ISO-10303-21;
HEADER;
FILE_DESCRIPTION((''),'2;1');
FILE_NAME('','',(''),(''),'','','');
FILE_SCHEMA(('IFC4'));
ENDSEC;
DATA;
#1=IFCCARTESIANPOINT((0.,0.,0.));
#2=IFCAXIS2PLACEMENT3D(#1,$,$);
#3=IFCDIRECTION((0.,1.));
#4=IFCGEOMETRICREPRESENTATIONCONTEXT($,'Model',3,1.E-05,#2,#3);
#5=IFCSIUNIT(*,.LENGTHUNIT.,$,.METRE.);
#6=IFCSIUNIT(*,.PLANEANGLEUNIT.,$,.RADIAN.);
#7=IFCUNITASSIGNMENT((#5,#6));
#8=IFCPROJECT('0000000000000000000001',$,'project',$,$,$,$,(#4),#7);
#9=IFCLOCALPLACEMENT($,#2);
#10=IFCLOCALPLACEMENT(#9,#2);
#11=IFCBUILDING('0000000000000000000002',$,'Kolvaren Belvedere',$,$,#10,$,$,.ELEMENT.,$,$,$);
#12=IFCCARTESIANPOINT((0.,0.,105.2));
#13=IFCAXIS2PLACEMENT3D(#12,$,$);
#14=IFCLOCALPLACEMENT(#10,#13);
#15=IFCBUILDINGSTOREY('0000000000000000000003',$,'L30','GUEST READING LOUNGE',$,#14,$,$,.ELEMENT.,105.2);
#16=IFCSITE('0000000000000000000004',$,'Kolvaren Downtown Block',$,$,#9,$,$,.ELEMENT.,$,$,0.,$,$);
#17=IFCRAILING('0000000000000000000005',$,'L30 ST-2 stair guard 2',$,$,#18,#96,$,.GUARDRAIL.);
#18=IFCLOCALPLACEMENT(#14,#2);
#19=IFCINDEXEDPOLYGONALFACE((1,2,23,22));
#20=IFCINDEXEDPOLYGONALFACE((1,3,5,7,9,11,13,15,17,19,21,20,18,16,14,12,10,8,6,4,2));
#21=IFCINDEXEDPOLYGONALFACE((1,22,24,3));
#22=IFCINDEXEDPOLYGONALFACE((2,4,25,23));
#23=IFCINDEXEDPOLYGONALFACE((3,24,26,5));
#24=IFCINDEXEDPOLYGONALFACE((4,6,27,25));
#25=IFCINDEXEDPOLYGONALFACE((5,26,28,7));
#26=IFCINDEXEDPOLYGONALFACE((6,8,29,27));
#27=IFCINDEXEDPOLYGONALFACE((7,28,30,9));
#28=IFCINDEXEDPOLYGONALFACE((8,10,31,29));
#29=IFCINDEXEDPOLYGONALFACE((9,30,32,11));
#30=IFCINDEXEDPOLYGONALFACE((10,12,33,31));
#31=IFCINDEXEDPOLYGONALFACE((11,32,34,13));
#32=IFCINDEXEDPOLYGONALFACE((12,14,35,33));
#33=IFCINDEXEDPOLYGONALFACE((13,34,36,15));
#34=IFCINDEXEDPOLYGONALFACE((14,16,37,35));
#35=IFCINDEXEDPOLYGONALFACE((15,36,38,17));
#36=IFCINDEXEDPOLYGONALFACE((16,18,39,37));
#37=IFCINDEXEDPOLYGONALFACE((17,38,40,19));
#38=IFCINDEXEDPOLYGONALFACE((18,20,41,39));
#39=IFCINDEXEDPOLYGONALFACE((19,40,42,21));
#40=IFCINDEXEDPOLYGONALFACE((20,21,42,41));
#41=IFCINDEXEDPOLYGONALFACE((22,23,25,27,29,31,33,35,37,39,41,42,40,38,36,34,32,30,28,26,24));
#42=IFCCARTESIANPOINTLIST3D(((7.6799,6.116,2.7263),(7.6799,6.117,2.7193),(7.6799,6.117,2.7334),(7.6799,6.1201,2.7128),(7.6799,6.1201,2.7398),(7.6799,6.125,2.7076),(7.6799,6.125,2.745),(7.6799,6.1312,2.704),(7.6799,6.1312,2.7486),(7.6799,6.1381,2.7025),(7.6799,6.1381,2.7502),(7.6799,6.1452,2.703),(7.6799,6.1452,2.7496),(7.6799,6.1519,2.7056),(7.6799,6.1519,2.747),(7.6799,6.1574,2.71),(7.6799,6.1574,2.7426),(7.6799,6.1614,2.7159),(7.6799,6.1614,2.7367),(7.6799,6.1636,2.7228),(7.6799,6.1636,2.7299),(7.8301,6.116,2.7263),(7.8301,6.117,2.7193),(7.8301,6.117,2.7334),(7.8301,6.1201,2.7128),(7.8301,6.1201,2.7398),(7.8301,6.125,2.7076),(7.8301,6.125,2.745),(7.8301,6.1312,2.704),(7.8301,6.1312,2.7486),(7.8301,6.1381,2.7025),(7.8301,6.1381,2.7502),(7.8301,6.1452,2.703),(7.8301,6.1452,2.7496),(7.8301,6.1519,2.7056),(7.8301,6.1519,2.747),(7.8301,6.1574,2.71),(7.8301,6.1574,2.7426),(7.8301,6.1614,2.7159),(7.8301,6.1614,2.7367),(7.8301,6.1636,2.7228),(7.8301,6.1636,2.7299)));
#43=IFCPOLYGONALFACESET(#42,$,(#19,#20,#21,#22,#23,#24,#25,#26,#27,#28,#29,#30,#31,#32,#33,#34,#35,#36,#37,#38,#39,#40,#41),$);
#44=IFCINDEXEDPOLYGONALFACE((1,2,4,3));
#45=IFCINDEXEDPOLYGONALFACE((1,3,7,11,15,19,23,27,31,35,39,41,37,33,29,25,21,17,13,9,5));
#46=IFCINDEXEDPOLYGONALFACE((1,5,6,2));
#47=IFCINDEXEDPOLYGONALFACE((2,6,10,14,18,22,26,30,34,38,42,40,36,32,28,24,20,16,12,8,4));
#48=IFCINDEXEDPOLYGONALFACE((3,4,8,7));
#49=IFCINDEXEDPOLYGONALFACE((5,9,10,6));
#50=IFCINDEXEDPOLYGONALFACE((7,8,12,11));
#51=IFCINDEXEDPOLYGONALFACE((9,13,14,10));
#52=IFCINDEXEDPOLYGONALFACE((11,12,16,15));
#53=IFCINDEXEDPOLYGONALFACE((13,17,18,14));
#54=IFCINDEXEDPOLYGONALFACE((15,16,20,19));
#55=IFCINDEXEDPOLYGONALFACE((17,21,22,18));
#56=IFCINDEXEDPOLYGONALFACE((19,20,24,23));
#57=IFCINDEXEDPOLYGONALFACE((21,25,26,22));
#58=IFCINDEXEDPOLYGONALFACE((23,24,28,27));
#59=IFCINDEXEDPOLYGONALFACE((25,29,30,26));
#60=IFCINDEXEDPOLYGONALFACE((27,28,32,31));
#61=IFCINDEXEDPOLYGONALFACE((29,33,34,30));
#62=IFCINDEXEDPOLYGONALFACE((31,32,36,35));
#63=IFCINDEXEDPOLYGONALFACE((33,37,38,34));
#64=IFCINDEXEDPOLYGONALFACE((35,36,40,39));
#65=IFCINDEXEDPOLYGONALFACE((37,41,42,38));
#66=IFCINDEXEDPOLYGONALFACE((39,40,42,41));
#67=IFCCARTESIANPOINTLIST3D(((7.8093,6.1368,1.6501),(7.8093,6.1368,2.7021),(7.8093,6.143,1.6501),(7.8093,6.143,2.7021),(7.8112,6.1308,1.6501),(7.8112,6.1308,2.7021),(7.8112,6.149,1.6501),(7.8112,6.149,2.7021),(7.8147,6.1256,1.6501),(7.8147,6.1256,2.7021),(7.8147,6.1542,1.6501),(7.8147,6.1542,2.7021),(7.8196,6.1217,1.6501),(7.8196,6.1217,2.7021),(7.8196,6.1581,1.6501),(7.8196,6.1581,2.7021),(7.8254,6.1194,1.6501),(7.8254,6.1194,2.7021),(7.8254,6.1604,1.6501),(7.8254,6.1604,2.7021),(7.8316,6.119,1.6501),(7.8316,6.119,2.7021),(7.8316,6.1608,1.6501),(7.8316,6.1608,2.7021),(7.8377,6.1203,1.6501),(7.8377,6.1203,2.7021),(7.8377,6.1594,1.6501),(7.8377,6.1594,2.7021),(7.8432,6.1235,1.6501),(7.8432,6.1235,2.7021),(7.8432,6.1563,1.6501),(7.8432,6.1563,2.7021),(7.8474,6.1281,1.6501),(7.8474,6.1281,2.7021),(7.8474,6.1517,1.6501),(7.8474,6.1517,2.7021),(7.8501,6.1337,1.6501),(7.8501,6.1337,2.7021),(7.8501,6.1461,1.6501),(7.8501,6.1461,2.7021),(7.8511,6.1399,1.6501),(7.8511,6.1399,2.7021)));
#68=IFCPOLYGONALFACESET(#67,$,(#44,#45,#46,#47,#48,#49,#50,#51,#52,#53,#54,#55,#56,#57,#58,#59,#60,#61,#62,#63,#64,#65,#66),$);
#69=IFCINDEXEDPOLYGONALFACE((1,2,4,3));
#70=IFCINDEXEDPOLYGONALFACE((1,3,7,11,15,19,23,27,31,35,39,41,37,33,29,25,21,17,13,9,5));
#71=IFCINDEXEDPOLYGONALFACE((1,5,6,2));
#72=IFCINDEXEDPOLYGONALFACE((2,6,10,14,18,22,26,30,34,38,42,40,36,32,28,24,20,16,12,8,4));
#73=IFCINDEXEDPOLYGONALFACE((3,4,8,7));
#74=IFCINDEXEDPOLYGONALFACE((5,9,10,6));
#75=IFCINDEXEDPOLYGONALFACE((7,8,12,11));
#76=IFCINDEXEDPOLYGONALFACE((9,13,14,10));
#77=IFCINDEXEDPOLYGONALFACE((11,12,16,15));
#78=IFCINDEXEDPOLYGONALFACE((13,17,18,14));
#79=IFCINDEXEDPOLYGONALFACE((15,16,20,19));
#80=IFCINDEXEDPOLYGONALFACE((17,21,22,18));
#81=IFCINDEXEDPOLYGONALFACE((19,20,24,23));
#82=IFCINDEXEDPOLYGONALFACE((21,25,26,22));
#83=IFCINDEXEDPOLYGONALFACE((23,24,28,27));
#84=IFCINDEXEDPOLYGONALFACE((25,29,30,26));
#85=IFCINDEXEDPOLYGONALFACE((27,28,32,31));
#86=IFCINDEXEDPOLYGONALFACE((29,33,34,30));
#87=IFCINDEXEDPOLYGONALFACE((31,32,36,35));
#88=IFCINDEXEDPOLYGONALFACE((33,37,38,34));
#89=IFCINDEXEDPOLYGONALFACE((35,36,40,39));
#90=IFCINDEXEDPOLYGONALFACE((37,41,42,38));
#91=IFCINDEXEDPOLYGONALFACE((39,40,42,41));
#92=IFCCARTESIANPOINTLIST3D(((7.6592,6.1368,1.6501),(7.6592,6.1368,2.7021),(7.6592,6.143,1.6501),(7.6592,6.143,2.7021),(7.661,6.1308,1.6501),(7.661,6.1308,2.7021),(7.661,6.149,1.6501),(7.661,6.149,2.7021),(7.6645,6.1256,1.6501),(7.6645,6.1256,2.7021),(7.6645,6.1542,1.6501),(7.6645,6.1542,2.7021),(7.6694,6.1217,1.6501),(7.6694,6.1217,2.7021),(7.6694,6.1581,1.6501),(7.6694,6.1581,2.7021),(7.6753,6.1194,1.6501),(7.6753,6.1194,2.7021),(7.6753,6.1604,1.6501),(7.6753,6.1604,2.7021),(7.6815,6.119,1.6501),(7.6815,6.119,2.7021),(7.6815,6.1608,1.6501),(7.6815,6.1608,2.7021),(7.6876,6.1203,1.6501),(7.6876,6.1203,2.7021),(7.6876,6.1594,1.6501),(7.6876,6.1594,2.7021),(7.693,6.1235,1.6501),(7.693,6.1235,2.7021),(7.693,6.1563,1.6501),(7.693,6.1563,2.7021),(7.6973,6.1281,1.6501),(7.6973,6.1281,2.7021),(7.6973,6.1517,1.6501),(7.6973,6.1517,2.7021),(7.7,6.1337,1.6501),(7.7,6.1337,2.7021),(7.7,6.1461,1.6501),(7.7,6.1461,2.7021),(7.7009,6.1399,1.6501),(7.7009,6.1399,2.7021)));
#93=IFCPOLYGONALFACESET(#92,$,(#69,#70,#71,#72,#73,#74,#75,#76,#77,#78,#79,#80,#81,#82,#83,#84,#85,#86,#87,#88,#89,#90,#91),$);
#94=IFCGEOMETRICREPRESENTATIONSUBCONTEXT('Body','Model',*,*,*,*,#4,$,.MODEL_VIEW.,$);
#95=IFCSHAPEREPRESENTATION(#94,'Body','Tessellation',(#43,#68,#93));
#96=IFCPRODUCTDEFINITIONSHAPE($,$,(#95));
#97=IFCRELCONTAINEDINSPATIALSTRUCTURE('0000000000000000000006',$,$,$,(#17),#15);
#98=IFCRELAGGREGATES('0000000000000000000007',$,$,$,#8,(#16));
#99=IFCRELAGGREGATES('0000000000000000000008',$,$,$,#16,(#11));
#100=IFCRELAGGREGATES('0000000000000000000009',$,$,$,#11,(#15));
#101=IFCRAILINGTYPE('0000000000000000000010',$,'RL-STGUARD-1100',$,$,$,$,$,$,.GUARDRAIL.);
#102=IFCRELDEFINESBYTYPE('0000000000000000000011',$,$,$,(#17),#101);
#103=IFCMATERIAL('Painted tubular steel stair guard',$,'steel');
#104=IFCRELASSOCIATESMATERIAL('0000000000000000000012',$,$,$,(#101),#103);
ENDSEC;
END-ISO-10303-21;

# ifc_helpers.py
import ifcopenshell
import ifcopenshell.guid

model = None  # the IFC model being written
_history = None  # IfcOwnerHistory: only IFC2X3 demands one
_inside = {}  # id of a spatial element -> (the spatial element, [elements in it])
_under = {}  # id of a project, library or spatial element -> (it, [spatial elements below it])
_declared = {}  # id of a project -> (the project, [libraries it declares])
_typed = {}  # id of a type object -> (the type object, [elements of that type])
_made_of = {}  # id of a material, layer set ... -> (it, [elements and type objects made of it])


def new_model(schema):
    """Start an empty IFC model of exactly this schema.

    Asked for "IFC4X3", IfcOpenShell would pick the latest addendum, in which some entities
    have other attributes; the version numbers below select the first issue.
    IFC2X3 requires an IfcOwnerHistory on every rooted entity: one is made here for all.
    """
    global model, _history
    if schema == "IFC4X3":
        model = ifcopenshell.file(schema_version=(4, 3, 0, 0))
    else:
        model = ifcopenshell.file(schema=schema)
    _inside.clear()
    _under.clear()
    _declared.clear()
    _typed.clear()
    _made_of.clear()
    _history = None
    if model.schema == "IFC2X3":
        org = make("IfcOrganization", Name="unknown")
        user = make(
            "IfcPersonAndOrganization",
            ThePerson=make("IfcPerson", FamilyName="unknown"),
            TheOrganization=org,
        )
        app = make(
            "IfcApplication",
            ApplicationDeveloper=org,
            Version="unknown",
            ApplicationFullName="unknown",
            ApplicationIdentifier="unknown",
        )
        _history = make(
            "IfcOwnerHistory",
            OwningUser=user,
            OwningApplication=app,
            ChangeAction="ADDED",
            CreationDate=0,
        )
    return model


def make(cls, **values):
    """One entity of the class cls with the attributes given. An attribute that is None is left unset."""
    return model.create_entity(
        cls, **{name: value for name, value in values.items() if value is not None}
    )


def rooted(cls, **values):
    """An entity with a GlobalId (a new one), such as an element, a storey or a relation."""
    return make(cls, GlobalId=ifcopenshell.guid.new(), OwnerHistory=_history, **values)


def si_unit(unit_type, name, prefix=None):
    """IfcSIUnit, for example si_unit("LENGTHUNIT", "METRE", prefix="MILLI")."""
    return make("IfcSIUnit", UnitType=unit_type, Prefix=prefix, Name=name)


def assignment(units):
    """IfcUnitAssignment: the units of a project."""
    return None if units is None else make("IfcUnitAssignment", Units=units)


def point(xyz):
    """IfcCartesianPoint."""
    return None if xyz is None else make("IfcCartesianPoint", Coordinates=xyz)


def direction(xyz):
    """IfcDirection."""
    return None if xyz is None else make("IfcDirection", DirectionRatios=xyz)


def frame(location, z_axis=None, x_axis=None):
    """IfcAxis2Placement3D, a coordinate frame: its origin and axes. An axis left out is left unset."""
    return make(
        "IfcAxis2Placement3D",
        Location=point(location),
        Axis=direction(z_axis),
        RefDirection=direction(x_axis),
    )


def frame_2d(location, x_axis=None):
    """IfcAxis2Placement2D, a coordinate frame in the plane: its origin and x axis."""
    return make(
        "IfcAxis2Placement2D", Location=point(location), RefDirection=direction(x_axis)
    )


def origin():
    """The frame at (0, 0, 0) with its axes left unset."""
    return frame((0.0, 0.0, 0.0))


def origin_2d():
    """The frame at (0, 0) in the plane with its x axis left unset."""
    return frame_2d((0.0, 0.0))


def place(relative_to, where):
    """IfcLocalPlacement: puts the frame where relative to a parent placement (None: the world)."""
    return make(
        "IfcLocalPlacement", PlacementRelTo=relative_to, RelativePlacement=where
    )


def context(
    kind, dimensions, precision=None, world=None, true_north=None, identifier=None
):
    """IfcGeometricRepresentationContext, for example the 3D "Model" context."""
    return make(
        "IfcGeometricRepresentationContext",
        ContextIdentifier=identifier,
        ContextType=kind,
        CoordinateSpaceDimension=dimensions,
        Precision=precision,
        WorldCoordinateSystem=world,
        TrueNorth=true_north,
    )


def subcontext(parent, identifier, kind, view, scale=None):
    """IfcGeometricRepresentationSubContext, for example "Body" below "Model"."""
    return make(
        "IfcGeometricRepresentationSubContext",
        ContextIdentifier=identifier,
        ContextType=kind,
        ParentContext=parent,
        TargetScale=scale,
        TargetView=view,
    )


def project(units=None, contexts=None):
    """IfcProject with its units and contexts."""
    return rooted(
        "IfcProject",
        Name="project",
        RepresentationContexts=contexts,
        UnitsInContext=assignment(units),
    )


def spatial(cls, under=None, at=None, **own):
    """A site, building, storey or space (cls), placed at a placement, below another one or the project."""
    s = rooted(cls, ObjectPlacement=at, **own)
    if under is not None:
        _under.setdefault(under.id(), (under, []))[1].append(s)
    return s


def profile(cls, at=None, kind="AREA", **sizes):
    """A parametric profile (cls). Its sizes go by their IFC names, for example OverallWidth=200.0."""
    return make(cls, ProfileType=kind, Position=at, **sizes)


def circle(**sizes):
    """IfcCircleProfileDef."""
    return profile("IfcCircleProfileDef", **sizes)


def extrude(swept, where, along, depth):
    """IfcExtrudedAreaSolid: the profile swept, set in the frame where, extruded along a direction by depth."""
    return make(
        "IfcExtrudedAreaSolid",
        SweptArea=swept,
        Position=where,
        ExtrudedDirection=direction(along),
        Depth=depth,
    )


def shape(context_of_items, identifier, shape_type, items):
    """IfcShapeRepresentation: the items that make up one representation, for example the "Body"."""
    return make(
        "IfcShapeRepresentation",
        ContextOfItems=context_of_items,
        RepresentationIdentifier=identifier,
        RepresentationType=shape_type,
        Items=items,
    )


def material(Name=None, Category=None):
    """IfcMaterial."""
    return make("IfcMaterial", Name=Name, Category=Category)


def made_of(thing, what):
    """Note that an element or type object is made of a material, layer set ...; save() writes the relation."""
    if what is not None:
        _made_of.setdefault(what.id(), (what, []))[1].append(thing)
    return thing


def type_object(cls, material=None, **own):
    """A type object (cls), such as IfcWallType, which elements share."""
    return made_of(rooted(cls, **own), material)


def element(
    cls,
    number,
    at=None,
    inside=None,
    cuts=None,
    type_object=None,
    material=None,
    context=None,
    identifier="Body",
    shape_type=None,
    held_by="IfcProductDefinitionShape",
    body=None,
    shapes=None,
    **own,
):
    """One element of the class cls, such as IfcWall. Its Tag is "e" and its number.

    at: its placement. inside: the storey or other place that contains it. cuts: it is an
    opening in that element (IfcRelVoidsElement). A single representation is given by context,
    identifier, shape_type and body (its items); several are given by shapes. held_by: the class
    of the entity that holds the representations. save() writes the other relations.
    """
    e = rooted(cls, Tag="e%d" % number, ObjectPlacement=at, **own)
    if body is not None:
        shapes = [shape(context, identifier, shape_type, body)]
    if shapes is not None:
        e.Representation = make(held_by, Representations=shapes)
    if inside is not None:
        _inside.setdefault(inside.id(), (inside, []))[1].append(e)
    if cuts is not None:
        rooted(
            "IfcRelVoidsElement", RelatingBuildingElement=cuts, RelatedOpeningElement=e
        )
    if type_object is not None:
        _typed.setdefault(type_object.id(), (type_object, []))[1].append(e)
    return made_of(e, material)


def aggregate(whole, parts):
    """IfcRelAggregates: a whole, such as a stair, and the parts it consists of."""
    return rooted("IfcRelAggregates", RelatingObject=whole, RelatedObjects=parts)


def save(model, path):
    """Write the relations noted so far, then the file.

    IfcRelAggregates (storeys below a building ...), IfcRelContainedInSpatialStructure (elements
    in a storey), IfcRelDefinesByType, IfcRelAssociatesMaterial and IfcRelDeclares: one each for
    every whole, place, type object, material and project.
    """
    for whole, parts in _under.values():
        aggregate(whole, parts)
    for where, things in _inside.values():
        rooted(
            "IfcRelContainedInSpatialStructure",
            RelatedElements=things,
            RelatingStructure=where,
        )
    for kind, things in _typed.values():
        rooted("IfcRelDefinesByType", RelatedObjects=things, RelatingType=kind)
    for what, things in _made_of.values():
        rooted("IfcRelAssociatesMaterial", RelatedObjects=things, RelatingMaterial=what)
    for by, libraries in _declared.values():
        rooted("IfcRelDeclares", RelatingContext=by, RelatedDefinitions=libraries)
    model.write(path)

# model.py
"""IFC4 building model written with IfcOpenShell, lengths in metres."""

from ifc_helpers import new_model, si_unit, direction, frame, origin, origin_2d, place, context, subcontext, project, spatial, circle, extrude, material, type_object, element, save


model = new_model("IFC4")

# Units and contexts
model_context = context("Model", 3, precision=1e-05, world=origin(), true_north=direction((0.0, 1.0)))
body_context = subcontext(model_context, "Body", "Model", "MODEL_VIEW")
ifc_project = project(units=[si_unit("LENGTHUNIT", "METRE"), si_unit("PLANEANGLEUNIT", "RADIAN")], contexts=[model_context])

# Site, building, storey
site_placement = place(None, origin())
site = spatial("IfcSite", under=ifc_project, at=site_placement, Name="Kolvaren Downtown Block", CompositionType="ELEMENT", RefElevation=0.0)
building_placement = place(site_placement, origin())
building = spatial("IfcBuilding", under=site, at=building_placement, Name="Kolvaren Belvedere", CompositionType="ELEMENT")
storey_placement = place(building_placement, frame((0.0, 0.0, 105.2)))
storey = spatial("IfcBuildingStorey", under=building, at=storey_placement, Name="L30", Description="GUEST READING LOUNGE", CompositionType="ELEMENT", Elevation=105.2)

# Railing
ifc_material_1 = material(Name="Painted tubular steel stair guard", Category="steel")
railing_type_1 = type_object("IfcRailingType", Name="RL-STGUARD-1100", PredefinedType="GUARDRAIL", material=ifc_material_1)
railing_1_placement = place(storey_placement, frame((7.8301, 6.1399, 1.6501)))
element("IfcRailing", 1, at=railing_1_placement, inside=storey, type_object=railing_type_1, Name="L30 ST-2 stair guard 2", PredefinedType="GUARDRAIL", context=body_context, shape_type="SweptSolid", body=[
    extrude(circle(Radius=0.0239, at=origin_2d()), frame((0.0, 0.0, 1.0762), z_axis=(-1.0, 0.0, 0.0), x_axis=(0.0, -1.0, 0.0)), (0.0, 0.0, 1.0), 0.1501),
    extrude(circle(Radius=0.021, at=origin_2d()), origin(), (0.0, 0.0, 1.0), 1.052),
    extrude(circle(Radius=0.021, at=origin_2d()), frame((-0.1501, 0.0, 0.0)), (0.0, 0.0, 1.0), 1.052),
])

save(model, "model.ifc")
